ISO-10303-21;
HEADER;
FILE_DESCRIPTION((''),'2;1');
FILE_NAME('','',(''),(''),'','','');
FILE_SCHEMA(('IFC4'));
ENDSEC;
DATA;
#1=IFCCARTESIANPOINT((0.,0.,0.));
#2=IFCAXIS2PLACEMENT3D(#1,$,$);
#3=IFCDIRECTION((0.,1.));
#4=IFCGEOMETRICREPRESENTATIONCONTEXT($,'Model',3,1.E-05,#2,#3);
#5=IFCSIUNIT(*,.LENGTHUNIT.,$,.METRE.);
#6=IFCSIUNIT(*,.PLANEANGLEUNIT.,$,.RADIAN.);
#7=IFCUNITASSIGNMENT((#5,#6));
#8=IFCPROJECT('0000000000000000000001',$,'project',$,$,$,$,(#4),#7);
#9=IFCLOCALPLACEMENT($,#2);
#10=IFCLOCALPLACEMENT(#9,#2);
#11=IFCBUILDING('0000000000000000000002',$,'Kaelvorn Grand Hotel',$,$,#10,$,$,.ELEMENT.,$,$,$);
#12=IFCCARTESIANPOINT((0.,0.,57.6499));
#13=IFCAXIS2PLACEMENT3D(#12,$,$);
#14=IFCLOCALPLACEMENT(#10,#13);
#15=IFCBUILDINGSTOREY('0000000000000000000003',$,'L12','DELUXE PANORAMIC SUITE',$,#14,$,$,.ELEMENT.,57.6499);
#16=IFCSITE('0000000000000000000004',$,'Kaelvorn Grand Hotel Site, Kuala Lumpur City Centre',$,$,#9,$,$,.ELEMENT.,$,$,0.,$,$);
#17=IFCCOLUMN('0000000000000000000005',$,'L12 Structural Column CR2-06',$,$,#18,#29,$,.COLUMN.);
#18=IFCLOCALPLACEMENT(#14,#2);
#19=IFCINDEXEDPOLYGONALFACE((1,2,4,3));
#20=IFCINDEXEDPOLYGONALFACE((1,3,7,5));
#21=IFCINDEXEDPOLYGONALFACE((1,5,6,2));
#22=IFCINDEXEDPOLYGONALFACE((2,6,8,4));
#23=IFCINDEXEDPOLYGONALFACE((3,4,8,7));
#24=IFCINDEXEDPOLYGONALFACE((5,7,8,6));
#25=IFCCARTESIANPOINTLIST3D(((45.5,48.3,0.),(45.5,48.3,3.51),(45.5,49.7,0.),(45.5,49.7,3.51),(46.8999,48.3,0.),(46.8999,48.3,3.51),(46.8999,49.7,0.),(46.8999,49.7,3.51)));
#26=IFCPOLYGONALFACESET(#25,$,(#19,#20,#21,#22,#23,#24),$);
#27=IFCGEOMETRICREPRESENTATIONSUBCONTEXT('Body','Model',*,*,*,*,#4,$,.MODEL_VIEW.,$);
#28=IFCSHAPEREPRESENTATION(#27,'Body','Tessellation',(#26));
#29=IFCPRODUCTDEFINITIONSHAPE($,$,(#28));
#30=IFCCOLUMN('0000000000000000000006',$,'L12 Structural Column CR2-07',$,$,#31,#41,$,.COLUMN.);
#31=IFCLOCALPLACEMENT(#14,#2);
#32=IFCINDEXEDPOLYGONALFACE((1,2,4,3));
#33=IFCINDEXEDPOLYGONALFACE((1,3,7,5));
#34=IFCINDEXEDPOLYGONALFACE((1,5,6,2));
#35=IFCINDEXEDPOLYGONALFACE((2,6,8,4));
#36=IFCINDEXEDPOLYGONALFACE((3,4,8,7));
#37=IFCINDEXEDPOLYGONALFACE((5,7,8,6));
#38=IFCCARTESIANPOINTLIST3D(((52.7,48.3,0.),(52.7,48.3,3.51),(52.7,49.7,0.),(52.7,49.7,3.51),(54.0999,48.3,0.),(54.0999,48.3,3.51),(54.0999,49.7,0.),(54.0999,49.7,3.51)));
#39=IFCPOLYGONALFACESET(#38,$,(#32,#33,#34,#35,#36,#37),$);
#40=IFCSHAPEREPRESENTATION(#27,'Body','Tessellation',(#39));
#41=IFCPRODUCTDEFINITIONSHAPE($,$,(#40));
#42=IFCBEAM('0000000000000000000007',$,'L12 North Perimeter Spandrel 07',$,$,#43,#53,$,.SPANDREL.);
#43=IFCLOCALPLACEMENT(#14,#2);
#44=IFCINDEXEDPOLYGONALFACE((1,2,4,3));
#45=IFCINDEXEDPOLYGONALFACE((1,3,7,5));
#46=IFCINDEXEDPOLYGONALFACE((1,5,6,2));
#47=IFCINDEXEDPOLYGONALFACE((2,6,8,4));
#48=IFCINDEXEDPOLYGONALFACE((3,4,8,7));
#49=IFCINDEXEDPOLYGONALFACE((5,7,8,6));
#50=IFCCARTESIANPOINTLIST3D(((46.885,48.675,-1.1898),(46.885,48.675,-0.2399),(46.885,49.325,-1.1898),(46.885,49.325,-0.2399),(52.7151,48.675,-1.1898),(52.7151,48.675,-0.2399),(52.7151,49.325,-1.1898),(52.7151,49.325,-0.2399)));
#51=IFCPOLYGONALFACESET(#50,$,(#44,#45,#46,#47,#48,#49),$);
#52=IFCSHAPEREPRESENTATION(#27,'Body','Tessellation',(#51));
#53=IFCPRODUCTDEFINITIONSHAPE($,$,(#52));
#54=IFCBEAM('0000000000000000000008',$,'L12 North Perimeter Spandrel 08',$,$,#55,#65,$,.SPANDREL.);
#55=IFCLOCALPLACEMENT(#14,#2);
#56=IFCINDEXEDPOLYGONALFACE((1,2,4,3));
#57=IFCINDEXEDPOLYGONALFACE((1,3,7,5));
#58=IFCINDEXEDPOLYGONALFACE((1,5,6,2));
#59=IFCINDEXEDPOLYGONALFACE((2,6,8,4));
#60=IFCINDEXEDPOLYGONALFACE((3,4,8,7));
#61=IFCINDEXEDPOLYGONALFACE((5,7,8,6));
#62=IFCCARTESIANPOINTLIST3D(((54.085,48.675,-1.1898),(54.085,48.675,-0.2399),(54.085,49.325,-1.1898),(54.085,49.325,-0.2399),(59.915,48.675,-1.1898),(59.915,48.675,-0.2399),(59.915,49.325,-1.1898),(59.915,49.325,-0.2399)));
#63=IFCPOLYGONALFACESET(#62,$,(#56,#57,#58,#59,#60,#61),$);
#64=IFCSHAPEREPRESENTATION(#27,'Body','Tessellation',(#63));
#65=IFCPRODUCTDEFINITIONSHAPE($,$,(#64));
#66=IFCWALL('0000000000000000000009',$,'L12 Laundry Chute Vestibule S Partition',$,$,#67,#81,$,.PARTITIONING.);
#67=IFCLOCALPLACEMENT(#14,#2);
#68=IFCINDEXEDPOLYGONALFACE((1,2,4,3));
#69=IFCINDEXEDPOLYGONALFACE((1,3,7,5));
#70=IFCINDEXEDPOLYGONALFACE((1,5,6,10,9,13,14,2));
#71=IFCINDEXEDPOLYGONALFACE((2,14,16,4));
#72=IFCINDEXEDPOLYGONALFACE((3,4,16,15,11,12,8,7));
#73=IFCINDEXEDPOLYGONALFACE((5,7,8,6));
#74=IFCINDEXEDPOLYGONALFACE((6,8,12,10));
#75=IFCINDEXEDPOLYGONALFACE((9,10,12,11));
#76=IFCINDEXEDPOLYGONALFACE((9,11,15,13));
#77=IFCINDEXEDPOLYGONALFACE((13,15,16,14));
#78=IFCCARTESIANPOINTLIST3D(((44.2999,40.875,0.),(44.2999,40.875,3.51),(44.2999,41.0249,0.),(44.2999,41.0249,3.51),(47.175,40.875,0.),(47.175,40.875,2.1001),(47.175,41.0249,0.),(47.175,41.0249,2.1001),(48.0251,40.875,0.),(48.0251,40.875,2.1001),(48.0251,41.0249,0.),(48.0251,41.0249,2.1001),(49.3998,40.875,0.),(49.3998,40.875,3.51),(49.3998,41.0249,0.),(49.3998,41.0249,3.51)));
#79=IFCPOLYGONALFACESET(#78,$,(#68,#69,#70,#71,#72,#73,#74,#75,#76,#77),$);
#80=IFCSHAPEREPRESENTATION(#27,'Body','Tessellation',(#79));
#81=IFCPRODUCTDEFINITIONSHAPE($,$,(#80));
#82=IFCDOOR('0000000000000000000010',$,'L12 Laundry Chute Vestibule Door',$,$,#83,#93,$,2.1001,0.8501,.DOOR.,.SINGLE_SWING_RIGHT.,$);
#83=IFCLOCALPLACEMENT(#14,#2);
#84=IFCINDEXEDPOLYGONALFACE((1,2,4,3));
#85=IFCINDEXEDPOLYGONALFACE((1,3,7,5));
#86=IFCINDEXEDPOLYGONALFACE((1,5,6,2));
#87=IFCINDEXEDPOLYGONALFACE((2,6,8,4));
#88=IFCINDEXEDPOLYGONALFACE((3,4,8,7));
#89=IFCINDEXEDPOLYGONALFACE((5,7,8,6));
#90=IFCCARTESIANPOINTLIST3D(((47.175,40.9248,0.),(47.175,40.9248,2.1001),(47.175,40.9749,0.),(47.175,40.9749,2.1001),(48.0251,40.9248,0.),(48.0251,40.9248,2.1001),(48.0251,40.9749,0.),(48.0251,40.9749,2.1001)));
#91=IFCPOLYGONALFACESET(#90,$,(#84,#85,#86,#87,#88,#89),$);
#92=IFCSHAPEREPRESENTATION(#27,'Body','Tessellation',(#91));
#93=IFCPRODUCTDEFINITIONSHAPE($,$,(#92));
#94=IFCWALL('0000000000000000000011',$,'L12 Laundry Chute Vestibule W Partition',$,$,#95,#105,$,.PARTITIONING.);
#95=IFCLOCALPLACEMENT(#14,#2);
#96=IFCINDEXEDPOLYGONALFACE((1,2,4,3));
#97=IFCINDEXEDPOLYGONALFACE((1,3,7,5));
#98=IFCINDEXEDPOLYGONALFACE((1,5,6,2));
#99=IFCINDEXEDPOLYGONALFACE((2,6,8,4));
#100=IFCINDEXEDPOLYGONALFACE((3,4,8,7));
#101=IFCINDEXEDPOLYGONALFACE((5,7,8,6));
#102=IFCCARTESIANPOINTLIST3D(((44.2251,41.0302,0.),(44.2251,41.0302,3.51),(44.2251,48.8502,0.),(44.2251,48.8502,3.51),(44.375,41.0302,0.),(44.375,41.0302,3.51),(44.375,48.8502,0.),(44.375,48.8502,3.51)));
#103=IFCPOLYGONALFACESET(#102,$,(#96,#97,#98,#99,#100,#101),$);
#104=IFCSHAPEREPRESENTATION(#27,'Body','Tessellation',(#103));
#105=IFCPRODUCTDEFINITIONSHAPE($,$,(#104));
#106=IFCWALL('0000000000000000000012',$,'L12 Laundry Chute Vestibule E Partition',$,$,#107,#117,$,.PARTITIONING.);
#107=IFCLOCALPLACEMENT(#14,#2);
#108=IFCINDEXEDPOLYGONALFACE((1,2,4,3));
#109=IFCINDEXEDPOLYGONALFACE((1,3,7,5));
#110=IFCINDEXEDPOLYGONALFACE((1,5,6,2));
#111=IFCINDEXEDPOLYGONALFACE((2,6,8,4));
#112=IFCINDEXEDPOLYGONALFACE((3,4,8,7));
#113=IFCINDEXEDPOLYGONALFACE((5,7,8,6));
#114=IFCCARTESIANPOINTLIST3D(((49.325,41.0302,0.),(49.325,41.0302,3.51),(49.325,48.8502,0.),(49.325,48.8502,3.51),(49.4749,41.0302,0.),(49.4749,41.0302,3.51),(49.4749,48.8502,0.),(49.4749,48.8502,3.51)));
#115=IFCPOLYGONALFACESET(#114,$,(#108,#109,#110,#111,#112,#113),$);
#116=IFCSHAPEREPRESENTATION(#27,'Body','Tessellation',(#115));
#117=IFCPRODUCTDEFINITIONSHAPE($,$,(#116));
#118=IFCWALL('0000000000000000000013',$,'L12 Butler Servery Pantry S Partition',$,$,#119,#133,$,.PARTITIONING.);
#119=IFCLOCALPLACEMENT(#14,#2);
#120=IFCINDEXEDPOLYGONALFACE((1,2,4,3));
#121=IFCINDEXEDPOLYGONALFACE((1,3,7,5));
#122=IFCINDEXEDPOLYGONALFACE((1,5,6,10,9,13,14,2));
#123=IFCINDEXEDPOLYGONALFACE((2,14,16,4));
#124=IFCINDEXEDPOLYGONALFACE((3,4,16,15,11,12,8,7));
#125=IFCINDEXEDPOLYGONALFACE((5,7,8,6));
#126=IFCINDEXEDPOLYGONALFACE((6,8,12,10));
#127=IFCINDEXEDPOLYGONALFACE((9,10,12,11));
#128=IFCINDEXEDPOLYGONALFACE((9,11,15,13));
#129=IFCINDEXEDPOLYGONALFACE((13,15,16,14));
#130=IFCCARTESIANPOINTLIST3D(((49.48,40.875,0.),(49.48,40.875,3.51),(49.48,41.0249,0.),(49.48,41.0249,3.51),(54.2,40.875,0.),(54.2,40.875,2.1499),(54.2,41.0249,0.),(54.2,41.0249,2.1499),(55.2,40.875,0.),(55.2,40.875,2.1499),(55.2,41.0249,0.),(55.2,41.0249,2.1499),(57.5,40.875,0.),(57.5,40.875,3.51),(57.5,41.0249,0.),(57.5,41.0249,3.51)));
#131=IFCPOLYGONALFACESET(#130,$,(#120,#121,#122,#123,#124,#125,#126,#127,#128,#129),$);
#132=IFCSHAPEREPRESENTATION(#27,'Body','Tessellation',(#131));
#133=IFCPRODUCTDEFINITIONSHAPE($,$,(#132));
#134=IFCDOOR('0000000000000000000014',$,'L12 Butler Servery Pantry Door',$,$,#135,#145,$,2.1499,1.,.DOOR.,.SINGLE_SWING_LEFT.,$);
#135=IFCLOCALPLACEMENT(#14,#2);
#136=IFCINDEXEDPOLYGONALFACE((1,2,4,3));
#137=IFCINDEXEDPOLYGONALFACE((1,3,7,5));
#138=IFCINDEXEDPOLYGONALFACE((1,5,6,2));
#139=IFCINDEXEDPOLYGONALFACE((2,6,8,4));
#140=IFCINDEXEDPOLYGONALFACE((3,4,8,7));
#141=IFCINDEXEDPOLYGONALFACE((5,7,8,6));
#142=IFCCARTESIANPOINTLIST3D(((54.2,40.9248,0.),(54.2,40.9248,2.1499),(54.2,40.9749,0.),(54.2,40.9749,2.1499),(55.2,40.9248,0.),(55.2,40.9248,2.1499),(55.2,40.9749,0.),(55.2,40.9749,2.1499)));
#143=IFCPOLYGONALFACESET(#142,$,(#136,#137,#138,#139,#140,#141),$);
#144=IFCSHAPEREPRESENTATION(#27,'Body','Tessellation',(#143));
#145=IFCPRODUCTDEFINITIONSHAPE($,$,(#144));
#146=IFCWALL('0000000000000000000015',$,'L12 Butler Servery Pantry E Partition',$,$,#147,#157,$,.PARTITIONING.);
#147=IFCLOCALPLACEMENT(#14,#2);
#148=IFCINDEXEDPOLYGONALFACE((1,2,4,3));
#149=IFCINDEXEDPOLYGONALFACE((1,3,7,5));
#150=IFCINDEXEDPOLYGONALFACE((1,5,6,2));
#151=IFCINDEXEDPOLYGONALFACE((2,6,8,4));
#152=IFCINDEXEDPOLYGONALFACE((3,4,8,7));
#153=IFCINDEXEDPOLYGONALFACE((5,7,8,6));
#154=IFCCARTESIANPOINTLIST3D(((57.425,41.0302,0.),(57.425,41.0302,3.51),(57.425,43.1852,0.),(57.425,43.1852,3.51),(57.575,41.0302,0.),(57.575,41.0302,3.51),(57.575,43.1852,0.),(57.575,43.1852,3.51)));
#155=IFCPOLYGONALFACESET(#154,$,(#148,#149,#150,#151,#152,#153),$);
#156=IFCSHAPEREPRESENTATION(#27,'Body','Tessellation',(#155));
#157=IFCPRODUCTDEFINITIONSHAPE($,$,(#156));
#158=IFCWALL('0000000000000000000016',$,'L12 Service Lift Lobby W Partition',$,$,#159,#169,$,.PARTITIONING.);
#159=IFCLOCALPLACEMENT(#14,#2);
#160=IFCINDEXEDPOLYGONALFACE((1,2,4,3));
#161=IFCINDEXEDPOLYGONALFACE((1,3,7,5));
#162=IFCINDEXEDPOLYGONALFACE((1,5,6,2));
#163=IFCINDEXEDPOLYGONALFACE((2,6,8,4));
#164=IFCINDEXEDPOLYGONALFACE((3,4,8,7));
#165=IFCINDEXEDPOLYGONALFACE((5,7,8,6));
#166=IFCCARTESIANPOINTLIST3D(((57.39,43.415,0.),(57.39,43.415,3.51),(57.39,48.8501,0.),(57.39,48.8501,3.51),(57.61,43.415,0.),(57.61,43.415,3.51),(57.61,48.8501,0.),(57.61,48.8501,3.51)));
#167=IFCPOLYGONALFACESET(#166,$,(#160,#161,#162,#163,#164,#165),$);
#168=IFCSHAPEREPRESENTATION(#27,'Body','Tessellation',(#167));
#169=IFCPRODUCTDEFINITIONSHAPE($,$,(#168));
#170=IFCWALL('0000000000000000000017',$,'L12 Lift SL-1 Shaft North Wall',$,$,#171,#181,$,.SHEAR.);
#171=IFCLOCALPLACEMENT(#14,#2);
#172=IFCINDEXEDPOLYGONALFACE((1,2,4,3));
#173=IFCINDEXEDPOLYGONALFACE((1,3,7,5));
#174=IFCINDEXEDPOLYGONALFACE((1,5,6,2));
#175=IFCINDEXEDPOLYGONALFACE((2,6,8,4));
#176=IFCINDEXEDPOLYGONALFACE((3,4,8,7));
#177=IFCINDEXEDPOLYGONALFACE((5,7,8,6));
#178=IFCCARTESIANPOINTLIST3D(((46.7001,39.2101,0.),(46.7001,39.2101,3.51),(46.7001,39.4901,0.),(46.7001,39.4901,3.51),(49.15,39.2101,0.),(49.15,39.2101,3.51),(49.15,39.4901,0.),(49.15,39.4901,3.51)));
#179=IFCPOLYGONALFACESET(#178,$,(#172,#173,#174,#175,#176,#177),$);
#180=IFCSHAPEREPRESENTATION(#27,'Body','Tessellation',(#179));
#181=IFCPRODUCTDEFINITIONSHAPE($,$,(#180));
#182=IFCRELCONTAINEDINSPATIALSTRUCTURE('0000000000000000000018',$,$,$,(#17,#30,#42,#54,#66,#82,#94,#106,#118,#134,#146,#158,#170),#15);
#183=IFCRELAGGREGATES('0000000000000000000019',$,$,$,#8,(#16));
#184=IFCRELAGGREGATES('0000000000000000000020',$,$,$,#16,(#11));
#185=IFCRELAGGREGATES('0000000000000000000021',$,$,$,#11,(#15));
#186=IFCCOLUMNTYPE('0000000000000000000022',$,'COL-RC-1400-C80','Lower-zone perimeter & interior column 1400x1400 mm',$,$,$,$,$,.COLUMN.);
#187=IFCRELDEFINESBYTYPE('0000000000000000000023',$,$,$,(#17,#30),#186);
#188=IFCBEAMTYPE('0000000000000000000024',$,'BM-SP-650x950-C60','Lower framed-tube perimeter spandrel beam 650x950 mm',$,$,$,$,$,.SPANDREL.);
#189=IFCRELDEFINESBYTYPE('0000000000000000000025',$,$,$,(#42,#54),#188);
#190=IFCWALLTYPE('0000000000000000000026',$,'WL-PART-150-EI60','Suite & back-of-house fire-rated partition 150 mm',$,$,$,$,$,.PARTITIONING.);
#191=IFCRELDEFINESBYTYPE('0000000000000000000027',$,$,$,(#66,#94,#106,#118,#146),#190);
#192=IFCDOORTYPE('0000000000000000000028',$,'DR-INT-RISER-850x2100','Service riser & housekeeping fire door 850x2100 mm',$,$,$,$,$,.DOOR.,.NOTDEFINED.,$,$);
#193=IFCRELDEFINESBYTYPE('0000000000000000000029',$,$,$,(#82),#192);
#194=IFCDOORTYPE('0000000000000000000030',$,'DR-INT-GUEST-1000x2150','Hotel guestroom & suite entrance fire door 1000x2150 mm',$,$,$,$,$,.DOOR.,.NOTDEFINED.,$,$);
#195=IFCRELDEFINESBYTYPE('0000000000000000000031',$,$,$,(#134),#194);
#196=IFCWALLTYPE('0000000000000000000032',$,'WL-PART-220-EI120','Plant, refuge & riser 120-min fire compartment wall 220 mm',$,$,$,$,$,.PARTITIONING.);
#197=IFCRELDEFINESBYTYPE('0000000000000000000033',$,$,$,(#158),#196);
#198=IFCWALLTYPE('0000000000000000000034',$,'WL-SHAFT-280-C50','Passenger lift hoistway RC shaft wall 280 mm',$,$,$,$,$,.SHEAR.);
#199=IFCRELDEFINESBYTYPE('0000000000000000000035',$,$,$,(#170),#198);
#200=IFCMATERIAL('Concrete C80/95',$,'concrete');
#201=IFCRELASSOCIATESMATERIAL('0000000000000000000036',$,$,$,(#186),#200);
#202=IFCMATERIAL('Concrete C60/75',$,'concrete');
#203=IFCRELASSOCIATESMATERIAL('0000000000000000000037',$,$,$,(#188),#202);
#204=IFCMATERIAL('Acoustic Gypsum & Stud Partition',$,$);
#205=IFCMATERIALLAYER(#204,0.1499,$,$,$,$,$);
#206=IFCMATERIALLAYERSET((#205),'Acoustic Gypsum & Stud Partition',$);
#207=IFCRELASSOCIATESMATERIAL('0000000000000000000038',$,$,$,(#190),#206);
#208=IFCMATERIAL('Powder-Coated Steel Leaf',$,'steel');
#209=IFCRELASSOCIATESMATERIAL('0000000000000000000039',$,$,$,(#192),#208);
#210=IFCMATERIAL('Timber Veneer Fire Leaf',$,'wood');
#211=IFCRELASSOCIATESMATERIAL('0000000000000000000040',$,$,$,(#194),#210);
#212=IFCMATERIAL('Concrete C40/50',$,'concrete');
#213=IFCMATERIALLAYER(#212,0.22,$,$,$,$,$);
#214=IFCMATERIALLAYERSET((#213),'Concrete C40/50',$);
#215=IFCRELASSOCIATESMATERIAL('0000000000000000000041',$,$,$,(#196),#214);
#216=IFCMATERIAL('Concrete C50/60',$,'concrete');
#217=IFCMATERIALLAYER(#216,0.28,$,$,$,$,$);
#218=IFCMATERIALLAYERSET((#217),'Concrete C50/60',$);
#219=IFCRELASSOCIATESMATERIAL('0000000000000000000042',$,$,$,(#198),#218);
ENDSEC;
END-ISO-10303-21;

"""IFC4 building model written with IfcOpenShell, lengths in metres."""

from ifc_helpers import new_model, si_unit, direction, frame, frame_2d, origin, origin_2d, place, context, subcontext, project, spatial, rectangle, extrude, material, layer, layer_set, material_profile, profile_set, type_object, element, fill, save


model = new_model("IFC4")

# Units and contexts
model_context = context("Model", 3, precision=1e-05, world=origin(), true_north=direction((0.0, 1.0)))
body_context = subcontext(model_context, "Body", "Model", "MODEL_VIEW")
ifc_project = project(units=[si_unit("LENGTHUNIT", "METRE"), si_unit("PLANEANGLEUNIT", "RADIAN")], contexts=[model_context])

# Site, building, storey
site_placement = place(None, origin())
site = spatial("IfcSite", under=ifc_project, at=site_placement, Name="Kaelvorn Grand Hotel Site, Kuala Lumpur City Centre", CompositionType="ELEMENT", RefElevation=0.0)
building_placement = place(site_placement, origin())
building = spatial("IfcBuilding", under=site, at=building_placement, Name="Kaelvorn Grand Hotel", CompositionType="ELEMENT")
storey_placement = place(building_placement, frame((0.0, 0.0, 57.6499)))
storey = spatial("IfcBuildingStorey", under=building, at=storey_placement, Name="L12", Description="DELUXE PANORAMIC SUITE", CompositionType="ELEMENT", Elevation=57.6499)

# Columns
ifc_material_1 = material(Name="Concrete C80/95", Category="concrete")
ifc_material_profile_1 = material_profile(ifc_material_1, rectangle(XDim=1.3999, YDim=1.3999, at=origin_2d()), Name="RC COL 1400x1400")
ifc_profile_set_1 = profile_set([ifc_material_profile_1], Name="Concrete C80/95")
column_type = type_object("IfcColumnType", Name="COL-RC-1400-C80", Description="Lower-zone perimeter & interior column 1400x1400 mm", PredefinedType="COLUMN", material=ifc_profile_set_1)
for number, where, z_axis, x_axis, name in (
    (1, (46.2, 49.0, 0.0), (0.0, 0.0, 1.0), (1.0, 0.0, 0.0), "L12 Structural Column CR2-06"),
    (2, (53.3999, 49.0, 0.0), (0.0, 0.0, 1.0), (1.0, 0.0, 0.0), "L12 Structural Column CR2-07"),
):
    element("IfcColumn", number, at=place(storey_placement, frame(where, z_axis=z_axis, x_axis=x_axis)), inside=storey, type_object=column_type, Name=name, PredefinedType="COLUMN", context=body_context, shape_type="SweptSolid", body=[
        extrude(rectangle(XDim=1.3999, YDim=1.3999, at=origin_2d()), origin(), (0.0, 0.0, 1.0), 3.51),
    ])

# Beams
ifc_material_2 = material(Name="Concrete C60/75", Category="concrete")
ifc_material_profile_2 = material_profile(ifc_material_2, rectangle(XDim=0.6499, YDim=0.95, at=origin_2d()), Name="RC SPANDREL 650x950")
ifc_profile_set_2 = profile_set([ifc_material_profile_2], Name="Concrete C60/75")
beam_type = type_object("IfcBeamType", Name="BM-SP-650x950-C60", Description="Lower framed-tube perimeter spandrel beam 650x950 mm", PredefinedType="SPANDREL", material=ifc_profile_set_2)
for number, where, z_axis, x_axis, name in (
    (3, (46.885, 49.0, -0.7148), (1.0, 0.0, 0.0), (0.0, 1.0, 0.0), "L12 North Perimeter Spandrel 07"),
    (4, (54.085, 49.0, -0.7148), (1.0, 0.0, 0.0), (0.0, 1.0, 0.0), "L12 North Perimeter Spandrel 08"),
):
    element("IfcBeam", number, at=place(storey_placement, frame(where, z_axis=z_axis, x_axis=x_axis)), inside=storey, type_object=beam_type, Name=name, PredefinedType="SPANDREL", context=body_context, shape_type="SweptSolid", body=[
        extrude(rectangle(XDim=0.6499, YDim=0.95, at=origin_2d()), origin(), (0.0, 0.0, 1.0), 5.8301),
    ])

# Wall, opening, door
ifc_material_3 = material(Name="Acoustic Gypsum & Stud Partition")
ifc_layer_1 = layer(ifc_material_3, 0.1499)
ifc_layer_set_1 = layer_set([ifc_layer_1], Name="Acoustic Gypsum & Stud Partition")
wall_type_1 = type_object("IfcWallType", Name="WL-PART-150-EI60", Description="Suite & back-of-house fire-rated partition 150 mm", PredefinedType="PARTITIONING", material=ifc_layer_set_1)
wall_1_placement = place(storey_placement, frame((44.3, 40.95, 0.0), z_axis=(0.0, 0.0, 1.0), x_axis=(1.0, 0.0, 0.0)))
wall_1 = element("IfcWall", 5, at=wall_1_placement, inside=storey, type_object=wall_type_1, Name="L12 Laundry Chute Vestibule S Partition", PredefinedType="PARTITIONING", context=body_context, shape_type="SweptSolid", body=[
    extrude(rectangle(XDim=5.0999, YDim=0.1499, at=frame_2d((2.5498, 0.0))), origin(), (0.0, 0.0, 1.0), 3.51),
])
opening_1_placement = place(wall_1_placement, frame((2.875, 0.0, 0.0)))
opening_1 = element("IfcOpeningElement", 6, at=opening_1_placement, cuts=wall_1, PredefinedType="OPENING", context=body_context, shape_type="SweptSolid", body=[
    extrude(rectangle(XDim=0.8501, YDim=2.1001, at=frame_2d((0.425, 1.05))), frame((0.0, 0.085, 0.0), z_axis=(0.0, -1.0, 0.0), x_axis=(1.0, 0.0, 0.0)), (0.0, 0.0, 1.0), 0.1699),
])
ifc_material_4 = material(Name="Powder-Coated Steel Leaf", Category="steel")
door_type_1 = type_object("IfcDoorType", Name="DR-INT-RISER-850x2100", Description="Service riser & housekeeping fire door 850x2100 mm", OperationType="NOTDEFINED", PredefinedType="DOOR", material=ifc_material_4)
door_1_placement = place(opening_1_placement, origin())
door_1 = element("IfcDoor", 7, at=door_1_placement, inside=storey, type_object=door_type_1, Name="L12 Laundry Chute Vestibule Door", OperationType="SINGLE_SWING_RIGHT", OverallHeight=2.1001, OverallWidth=0.8501, PredefinedType="DOOR", context=body_context, shape_type="SweptSolid", body=[
    extrude(rectangle(XDim=0.8501, YDim=2.1001, at=frame_2d((0.425, 1.05))), frame((0.0, 0.0249, 0.0), z_axis=(0.0, -1.0, 0.0), x_axis=(1.0, 0.0, 0.0)), (0.0, 0.0, 1.0), 0.05),
])
fill(opening_1, door_1)

# Walls
for number, where, z_axis, x_axis, name in (
    (8, (44.3, 41.03, 0.0), (0.0, 0.0, 1.0), (0.0, 1.0, 0.0), "L12 Laundry Chute Vestibule W Partition"),
    (9, (49.3999, 41.03, 0.0), (0.0, 0.0, 1.0), (0.0, 1.0, 0.0), "L12 Laundry Chute Vestibule E Partition"),
):
    element("IfcWall", number, at=place(storey_placement, frame(where, z_axis=z_axis, x_axis=x_axis)), inside=storey, type_object=wall_type_1, Name=name, PredefinedType="PARTITIONING", context=body_context, shape_type="SweptSolid", body=[
        extrude(rectangle(XDim=7.8201, YDim=0.1499, at=frame_2d((3.9102, 0.0))), origin(), (0.0, 0.0, 1.0), 3.51),
    ])

# Wall, opening, door
wall_2_placement = place(storey_placement, frame((49.48, 40.95, 0.0), z_axis=(0.0, 0.0, 1.0), x_axis=(1.0, 0.0, 0.0)))
wall_2 = element("IfcWall", 10, at=wall_2_placement, inside=storey, type_object=wall_type_1, Name="L12 Butler Servery Pantry S Partition", PredefinedType="PARTITIONING", context=body_context, shape_type="SweptSolid", body=[
    extrude(rectangle(XDim=8.02, YDim=0.1499, at=frame_2d((4.01, 0.0))), origin(), (0.0, 0.0, 1.0), 3.51),
])
opening_2_placement = place(wall_2_placement, frame((4.72, 0.0, 0.0)))
opening_2 = element("IfcOpeningElement", 11, at=opening_2_placement, cuts=wall_2, PredefinedType="OPENING", context=body_context, shape_type="SweptSolid", body=[
    extrude(rectangle(XDim=1.0, YDim=2.1499, at=frame_2d((0.5, 1.075))), frame((0.0, 0.085, 0.0), z_axis=(0.0, -1.0, 0.0), x_axis=(1.0, 0.0, 0.0)), (0.0, 0.0, 1.0), 0.1699),
])
ifc_material_5 = material(Name="Timber Veneer Fire Leaf", Category="wood")
door_type_2 = type_object("IfcDoorType", Name="DR-INT-GUEST-1000x2150", Description="Hotel guestroom & suite entrance fire door 1000x2150 mm", OperationType="NOTDEFINED", PredefinedType="DOOR", material=ifc_material_5)
door_2_placement = place(opening_2_placement, origin())
door_2 = element("IfcDoor", 12, at=door_2_placement, inside=storey, type_object=door_type_2, Name="L12 Butler Servery Pantry Door", OperationType="SINGLE_SWING_LEFT", OverallHeight=2.1499, OverallWidth=1.0, PredefinedType="DOOR", context=body_context, shape_type="SweptSolid", body=[
    extrude(rectangle(XDim=1.0, YDim=2.1499, at=frame_2d((0.5, 1.075))), frame((0.0, 0.0249, 0.0), z_axis=(0.0, -1.0, 0.0), x_axis=(1.0, 0.0, 0.0)), (0.0, 0.0, 1.0), 0.05),
])
fill(opening_2, door_2)

# Wall
wall_3_placement = place(storey_placement, frame((57.5, 41.03, 0.0), z_axis=(0.0, 0.0, 1.0), x_axis=(0.0, 1.0, 0.0)))
element("IfcWall", 13, at=wall_3_placement, inside=storey, type_object=wall_type_1, Name="L12 Butler Servery Pantry E Partition", PredefinedType="PARTITIONING", context=body_context, shape_type="SweptSolid", body=[
    extrude(rectangle(XDim=2.155, YDim=0.1499, at=frame_2d((1.0776, 0.0))), origin(), (0.0, 0.0, 1.0), 3.51),
])

# Shared definitions
ifc_material_6 = material(Name="Concrete C40/50", Category="concrete")
ifc_layer_2 = layer(ifc_material_6, 0.22)
ifc_layer_set_2 = layer_set([ifc_layer_2], Name="Concrete C40/50")
wall_type_2 = type_object("IfcWallType", Name="WL-PART-220-EI120", Description="Plant, refuge & riser 120-min fire compartment wall 220 mm", PredefinedType="PARTITIONING", material=ifc_layer_set_2)

# Walls
wall_4_placement = place(storey_placement, frame((57.5, 43.415, 0.0), z_axis=(0.0, 0.0, 1.0), x_axis=(0.0, 1.0, 0.0)))
element("IfcWall", 14, at=wall_4_placement, inside=storey, type_object=wall_type_2, Name="L12 Service Lift Lobby W Partition", PredefinedType="PARTITIONING", context=body_context, shape_type="SweptSolid", body=[
    extrude(rectangle(XDim=5.4351, YDim=0.22, at=frame_2d((2.7175, 0.0))), origin(), (0.0, 0.0, 1.0), 3.51),
])
ifc_material_7 = material(Name="Concrete C50/60", Category="concrete")
ifc_layer_3 = layer(ifc_material_7, 0.28)
ifc_layer_set_3 = layer_set([ifc_layer_3], Name="Concrete C50/60")
wall_type_3 = type_object("IfcWallType", Name="WL-SHAFT-280-C50", Description="Passenger lift hoistway RC shaft wall 280 mm", PredefinedType="SHEAR", material=ifc_layer_set_3)
for number, where, z_axis, x_axis, name in (
    (15, (46.7, 39.3501, 0.0), (0.0, 0.0, 1.0), (1.0, 0.0, 0.0), "L12 Lift SL-1 Shaft North Wall"),
):
    element("IfcWall", number, at=place(storey_placement, frame(where, z_axis=z_axis, x_axis=x_axis)), inside=storey, type_object=wall_type_3, Name=name, PredefinedType="SHEAR", context=body_context, shape_type="SweptSolid", body=[
        extrude(rectangle(XDim=2.45, YDim=0.28, at=frame_2d((1.2251, 0.0))), origin(), (0.0, 0.0, 1.0), 3.51),
    ])

save(model, "model.ifc")
